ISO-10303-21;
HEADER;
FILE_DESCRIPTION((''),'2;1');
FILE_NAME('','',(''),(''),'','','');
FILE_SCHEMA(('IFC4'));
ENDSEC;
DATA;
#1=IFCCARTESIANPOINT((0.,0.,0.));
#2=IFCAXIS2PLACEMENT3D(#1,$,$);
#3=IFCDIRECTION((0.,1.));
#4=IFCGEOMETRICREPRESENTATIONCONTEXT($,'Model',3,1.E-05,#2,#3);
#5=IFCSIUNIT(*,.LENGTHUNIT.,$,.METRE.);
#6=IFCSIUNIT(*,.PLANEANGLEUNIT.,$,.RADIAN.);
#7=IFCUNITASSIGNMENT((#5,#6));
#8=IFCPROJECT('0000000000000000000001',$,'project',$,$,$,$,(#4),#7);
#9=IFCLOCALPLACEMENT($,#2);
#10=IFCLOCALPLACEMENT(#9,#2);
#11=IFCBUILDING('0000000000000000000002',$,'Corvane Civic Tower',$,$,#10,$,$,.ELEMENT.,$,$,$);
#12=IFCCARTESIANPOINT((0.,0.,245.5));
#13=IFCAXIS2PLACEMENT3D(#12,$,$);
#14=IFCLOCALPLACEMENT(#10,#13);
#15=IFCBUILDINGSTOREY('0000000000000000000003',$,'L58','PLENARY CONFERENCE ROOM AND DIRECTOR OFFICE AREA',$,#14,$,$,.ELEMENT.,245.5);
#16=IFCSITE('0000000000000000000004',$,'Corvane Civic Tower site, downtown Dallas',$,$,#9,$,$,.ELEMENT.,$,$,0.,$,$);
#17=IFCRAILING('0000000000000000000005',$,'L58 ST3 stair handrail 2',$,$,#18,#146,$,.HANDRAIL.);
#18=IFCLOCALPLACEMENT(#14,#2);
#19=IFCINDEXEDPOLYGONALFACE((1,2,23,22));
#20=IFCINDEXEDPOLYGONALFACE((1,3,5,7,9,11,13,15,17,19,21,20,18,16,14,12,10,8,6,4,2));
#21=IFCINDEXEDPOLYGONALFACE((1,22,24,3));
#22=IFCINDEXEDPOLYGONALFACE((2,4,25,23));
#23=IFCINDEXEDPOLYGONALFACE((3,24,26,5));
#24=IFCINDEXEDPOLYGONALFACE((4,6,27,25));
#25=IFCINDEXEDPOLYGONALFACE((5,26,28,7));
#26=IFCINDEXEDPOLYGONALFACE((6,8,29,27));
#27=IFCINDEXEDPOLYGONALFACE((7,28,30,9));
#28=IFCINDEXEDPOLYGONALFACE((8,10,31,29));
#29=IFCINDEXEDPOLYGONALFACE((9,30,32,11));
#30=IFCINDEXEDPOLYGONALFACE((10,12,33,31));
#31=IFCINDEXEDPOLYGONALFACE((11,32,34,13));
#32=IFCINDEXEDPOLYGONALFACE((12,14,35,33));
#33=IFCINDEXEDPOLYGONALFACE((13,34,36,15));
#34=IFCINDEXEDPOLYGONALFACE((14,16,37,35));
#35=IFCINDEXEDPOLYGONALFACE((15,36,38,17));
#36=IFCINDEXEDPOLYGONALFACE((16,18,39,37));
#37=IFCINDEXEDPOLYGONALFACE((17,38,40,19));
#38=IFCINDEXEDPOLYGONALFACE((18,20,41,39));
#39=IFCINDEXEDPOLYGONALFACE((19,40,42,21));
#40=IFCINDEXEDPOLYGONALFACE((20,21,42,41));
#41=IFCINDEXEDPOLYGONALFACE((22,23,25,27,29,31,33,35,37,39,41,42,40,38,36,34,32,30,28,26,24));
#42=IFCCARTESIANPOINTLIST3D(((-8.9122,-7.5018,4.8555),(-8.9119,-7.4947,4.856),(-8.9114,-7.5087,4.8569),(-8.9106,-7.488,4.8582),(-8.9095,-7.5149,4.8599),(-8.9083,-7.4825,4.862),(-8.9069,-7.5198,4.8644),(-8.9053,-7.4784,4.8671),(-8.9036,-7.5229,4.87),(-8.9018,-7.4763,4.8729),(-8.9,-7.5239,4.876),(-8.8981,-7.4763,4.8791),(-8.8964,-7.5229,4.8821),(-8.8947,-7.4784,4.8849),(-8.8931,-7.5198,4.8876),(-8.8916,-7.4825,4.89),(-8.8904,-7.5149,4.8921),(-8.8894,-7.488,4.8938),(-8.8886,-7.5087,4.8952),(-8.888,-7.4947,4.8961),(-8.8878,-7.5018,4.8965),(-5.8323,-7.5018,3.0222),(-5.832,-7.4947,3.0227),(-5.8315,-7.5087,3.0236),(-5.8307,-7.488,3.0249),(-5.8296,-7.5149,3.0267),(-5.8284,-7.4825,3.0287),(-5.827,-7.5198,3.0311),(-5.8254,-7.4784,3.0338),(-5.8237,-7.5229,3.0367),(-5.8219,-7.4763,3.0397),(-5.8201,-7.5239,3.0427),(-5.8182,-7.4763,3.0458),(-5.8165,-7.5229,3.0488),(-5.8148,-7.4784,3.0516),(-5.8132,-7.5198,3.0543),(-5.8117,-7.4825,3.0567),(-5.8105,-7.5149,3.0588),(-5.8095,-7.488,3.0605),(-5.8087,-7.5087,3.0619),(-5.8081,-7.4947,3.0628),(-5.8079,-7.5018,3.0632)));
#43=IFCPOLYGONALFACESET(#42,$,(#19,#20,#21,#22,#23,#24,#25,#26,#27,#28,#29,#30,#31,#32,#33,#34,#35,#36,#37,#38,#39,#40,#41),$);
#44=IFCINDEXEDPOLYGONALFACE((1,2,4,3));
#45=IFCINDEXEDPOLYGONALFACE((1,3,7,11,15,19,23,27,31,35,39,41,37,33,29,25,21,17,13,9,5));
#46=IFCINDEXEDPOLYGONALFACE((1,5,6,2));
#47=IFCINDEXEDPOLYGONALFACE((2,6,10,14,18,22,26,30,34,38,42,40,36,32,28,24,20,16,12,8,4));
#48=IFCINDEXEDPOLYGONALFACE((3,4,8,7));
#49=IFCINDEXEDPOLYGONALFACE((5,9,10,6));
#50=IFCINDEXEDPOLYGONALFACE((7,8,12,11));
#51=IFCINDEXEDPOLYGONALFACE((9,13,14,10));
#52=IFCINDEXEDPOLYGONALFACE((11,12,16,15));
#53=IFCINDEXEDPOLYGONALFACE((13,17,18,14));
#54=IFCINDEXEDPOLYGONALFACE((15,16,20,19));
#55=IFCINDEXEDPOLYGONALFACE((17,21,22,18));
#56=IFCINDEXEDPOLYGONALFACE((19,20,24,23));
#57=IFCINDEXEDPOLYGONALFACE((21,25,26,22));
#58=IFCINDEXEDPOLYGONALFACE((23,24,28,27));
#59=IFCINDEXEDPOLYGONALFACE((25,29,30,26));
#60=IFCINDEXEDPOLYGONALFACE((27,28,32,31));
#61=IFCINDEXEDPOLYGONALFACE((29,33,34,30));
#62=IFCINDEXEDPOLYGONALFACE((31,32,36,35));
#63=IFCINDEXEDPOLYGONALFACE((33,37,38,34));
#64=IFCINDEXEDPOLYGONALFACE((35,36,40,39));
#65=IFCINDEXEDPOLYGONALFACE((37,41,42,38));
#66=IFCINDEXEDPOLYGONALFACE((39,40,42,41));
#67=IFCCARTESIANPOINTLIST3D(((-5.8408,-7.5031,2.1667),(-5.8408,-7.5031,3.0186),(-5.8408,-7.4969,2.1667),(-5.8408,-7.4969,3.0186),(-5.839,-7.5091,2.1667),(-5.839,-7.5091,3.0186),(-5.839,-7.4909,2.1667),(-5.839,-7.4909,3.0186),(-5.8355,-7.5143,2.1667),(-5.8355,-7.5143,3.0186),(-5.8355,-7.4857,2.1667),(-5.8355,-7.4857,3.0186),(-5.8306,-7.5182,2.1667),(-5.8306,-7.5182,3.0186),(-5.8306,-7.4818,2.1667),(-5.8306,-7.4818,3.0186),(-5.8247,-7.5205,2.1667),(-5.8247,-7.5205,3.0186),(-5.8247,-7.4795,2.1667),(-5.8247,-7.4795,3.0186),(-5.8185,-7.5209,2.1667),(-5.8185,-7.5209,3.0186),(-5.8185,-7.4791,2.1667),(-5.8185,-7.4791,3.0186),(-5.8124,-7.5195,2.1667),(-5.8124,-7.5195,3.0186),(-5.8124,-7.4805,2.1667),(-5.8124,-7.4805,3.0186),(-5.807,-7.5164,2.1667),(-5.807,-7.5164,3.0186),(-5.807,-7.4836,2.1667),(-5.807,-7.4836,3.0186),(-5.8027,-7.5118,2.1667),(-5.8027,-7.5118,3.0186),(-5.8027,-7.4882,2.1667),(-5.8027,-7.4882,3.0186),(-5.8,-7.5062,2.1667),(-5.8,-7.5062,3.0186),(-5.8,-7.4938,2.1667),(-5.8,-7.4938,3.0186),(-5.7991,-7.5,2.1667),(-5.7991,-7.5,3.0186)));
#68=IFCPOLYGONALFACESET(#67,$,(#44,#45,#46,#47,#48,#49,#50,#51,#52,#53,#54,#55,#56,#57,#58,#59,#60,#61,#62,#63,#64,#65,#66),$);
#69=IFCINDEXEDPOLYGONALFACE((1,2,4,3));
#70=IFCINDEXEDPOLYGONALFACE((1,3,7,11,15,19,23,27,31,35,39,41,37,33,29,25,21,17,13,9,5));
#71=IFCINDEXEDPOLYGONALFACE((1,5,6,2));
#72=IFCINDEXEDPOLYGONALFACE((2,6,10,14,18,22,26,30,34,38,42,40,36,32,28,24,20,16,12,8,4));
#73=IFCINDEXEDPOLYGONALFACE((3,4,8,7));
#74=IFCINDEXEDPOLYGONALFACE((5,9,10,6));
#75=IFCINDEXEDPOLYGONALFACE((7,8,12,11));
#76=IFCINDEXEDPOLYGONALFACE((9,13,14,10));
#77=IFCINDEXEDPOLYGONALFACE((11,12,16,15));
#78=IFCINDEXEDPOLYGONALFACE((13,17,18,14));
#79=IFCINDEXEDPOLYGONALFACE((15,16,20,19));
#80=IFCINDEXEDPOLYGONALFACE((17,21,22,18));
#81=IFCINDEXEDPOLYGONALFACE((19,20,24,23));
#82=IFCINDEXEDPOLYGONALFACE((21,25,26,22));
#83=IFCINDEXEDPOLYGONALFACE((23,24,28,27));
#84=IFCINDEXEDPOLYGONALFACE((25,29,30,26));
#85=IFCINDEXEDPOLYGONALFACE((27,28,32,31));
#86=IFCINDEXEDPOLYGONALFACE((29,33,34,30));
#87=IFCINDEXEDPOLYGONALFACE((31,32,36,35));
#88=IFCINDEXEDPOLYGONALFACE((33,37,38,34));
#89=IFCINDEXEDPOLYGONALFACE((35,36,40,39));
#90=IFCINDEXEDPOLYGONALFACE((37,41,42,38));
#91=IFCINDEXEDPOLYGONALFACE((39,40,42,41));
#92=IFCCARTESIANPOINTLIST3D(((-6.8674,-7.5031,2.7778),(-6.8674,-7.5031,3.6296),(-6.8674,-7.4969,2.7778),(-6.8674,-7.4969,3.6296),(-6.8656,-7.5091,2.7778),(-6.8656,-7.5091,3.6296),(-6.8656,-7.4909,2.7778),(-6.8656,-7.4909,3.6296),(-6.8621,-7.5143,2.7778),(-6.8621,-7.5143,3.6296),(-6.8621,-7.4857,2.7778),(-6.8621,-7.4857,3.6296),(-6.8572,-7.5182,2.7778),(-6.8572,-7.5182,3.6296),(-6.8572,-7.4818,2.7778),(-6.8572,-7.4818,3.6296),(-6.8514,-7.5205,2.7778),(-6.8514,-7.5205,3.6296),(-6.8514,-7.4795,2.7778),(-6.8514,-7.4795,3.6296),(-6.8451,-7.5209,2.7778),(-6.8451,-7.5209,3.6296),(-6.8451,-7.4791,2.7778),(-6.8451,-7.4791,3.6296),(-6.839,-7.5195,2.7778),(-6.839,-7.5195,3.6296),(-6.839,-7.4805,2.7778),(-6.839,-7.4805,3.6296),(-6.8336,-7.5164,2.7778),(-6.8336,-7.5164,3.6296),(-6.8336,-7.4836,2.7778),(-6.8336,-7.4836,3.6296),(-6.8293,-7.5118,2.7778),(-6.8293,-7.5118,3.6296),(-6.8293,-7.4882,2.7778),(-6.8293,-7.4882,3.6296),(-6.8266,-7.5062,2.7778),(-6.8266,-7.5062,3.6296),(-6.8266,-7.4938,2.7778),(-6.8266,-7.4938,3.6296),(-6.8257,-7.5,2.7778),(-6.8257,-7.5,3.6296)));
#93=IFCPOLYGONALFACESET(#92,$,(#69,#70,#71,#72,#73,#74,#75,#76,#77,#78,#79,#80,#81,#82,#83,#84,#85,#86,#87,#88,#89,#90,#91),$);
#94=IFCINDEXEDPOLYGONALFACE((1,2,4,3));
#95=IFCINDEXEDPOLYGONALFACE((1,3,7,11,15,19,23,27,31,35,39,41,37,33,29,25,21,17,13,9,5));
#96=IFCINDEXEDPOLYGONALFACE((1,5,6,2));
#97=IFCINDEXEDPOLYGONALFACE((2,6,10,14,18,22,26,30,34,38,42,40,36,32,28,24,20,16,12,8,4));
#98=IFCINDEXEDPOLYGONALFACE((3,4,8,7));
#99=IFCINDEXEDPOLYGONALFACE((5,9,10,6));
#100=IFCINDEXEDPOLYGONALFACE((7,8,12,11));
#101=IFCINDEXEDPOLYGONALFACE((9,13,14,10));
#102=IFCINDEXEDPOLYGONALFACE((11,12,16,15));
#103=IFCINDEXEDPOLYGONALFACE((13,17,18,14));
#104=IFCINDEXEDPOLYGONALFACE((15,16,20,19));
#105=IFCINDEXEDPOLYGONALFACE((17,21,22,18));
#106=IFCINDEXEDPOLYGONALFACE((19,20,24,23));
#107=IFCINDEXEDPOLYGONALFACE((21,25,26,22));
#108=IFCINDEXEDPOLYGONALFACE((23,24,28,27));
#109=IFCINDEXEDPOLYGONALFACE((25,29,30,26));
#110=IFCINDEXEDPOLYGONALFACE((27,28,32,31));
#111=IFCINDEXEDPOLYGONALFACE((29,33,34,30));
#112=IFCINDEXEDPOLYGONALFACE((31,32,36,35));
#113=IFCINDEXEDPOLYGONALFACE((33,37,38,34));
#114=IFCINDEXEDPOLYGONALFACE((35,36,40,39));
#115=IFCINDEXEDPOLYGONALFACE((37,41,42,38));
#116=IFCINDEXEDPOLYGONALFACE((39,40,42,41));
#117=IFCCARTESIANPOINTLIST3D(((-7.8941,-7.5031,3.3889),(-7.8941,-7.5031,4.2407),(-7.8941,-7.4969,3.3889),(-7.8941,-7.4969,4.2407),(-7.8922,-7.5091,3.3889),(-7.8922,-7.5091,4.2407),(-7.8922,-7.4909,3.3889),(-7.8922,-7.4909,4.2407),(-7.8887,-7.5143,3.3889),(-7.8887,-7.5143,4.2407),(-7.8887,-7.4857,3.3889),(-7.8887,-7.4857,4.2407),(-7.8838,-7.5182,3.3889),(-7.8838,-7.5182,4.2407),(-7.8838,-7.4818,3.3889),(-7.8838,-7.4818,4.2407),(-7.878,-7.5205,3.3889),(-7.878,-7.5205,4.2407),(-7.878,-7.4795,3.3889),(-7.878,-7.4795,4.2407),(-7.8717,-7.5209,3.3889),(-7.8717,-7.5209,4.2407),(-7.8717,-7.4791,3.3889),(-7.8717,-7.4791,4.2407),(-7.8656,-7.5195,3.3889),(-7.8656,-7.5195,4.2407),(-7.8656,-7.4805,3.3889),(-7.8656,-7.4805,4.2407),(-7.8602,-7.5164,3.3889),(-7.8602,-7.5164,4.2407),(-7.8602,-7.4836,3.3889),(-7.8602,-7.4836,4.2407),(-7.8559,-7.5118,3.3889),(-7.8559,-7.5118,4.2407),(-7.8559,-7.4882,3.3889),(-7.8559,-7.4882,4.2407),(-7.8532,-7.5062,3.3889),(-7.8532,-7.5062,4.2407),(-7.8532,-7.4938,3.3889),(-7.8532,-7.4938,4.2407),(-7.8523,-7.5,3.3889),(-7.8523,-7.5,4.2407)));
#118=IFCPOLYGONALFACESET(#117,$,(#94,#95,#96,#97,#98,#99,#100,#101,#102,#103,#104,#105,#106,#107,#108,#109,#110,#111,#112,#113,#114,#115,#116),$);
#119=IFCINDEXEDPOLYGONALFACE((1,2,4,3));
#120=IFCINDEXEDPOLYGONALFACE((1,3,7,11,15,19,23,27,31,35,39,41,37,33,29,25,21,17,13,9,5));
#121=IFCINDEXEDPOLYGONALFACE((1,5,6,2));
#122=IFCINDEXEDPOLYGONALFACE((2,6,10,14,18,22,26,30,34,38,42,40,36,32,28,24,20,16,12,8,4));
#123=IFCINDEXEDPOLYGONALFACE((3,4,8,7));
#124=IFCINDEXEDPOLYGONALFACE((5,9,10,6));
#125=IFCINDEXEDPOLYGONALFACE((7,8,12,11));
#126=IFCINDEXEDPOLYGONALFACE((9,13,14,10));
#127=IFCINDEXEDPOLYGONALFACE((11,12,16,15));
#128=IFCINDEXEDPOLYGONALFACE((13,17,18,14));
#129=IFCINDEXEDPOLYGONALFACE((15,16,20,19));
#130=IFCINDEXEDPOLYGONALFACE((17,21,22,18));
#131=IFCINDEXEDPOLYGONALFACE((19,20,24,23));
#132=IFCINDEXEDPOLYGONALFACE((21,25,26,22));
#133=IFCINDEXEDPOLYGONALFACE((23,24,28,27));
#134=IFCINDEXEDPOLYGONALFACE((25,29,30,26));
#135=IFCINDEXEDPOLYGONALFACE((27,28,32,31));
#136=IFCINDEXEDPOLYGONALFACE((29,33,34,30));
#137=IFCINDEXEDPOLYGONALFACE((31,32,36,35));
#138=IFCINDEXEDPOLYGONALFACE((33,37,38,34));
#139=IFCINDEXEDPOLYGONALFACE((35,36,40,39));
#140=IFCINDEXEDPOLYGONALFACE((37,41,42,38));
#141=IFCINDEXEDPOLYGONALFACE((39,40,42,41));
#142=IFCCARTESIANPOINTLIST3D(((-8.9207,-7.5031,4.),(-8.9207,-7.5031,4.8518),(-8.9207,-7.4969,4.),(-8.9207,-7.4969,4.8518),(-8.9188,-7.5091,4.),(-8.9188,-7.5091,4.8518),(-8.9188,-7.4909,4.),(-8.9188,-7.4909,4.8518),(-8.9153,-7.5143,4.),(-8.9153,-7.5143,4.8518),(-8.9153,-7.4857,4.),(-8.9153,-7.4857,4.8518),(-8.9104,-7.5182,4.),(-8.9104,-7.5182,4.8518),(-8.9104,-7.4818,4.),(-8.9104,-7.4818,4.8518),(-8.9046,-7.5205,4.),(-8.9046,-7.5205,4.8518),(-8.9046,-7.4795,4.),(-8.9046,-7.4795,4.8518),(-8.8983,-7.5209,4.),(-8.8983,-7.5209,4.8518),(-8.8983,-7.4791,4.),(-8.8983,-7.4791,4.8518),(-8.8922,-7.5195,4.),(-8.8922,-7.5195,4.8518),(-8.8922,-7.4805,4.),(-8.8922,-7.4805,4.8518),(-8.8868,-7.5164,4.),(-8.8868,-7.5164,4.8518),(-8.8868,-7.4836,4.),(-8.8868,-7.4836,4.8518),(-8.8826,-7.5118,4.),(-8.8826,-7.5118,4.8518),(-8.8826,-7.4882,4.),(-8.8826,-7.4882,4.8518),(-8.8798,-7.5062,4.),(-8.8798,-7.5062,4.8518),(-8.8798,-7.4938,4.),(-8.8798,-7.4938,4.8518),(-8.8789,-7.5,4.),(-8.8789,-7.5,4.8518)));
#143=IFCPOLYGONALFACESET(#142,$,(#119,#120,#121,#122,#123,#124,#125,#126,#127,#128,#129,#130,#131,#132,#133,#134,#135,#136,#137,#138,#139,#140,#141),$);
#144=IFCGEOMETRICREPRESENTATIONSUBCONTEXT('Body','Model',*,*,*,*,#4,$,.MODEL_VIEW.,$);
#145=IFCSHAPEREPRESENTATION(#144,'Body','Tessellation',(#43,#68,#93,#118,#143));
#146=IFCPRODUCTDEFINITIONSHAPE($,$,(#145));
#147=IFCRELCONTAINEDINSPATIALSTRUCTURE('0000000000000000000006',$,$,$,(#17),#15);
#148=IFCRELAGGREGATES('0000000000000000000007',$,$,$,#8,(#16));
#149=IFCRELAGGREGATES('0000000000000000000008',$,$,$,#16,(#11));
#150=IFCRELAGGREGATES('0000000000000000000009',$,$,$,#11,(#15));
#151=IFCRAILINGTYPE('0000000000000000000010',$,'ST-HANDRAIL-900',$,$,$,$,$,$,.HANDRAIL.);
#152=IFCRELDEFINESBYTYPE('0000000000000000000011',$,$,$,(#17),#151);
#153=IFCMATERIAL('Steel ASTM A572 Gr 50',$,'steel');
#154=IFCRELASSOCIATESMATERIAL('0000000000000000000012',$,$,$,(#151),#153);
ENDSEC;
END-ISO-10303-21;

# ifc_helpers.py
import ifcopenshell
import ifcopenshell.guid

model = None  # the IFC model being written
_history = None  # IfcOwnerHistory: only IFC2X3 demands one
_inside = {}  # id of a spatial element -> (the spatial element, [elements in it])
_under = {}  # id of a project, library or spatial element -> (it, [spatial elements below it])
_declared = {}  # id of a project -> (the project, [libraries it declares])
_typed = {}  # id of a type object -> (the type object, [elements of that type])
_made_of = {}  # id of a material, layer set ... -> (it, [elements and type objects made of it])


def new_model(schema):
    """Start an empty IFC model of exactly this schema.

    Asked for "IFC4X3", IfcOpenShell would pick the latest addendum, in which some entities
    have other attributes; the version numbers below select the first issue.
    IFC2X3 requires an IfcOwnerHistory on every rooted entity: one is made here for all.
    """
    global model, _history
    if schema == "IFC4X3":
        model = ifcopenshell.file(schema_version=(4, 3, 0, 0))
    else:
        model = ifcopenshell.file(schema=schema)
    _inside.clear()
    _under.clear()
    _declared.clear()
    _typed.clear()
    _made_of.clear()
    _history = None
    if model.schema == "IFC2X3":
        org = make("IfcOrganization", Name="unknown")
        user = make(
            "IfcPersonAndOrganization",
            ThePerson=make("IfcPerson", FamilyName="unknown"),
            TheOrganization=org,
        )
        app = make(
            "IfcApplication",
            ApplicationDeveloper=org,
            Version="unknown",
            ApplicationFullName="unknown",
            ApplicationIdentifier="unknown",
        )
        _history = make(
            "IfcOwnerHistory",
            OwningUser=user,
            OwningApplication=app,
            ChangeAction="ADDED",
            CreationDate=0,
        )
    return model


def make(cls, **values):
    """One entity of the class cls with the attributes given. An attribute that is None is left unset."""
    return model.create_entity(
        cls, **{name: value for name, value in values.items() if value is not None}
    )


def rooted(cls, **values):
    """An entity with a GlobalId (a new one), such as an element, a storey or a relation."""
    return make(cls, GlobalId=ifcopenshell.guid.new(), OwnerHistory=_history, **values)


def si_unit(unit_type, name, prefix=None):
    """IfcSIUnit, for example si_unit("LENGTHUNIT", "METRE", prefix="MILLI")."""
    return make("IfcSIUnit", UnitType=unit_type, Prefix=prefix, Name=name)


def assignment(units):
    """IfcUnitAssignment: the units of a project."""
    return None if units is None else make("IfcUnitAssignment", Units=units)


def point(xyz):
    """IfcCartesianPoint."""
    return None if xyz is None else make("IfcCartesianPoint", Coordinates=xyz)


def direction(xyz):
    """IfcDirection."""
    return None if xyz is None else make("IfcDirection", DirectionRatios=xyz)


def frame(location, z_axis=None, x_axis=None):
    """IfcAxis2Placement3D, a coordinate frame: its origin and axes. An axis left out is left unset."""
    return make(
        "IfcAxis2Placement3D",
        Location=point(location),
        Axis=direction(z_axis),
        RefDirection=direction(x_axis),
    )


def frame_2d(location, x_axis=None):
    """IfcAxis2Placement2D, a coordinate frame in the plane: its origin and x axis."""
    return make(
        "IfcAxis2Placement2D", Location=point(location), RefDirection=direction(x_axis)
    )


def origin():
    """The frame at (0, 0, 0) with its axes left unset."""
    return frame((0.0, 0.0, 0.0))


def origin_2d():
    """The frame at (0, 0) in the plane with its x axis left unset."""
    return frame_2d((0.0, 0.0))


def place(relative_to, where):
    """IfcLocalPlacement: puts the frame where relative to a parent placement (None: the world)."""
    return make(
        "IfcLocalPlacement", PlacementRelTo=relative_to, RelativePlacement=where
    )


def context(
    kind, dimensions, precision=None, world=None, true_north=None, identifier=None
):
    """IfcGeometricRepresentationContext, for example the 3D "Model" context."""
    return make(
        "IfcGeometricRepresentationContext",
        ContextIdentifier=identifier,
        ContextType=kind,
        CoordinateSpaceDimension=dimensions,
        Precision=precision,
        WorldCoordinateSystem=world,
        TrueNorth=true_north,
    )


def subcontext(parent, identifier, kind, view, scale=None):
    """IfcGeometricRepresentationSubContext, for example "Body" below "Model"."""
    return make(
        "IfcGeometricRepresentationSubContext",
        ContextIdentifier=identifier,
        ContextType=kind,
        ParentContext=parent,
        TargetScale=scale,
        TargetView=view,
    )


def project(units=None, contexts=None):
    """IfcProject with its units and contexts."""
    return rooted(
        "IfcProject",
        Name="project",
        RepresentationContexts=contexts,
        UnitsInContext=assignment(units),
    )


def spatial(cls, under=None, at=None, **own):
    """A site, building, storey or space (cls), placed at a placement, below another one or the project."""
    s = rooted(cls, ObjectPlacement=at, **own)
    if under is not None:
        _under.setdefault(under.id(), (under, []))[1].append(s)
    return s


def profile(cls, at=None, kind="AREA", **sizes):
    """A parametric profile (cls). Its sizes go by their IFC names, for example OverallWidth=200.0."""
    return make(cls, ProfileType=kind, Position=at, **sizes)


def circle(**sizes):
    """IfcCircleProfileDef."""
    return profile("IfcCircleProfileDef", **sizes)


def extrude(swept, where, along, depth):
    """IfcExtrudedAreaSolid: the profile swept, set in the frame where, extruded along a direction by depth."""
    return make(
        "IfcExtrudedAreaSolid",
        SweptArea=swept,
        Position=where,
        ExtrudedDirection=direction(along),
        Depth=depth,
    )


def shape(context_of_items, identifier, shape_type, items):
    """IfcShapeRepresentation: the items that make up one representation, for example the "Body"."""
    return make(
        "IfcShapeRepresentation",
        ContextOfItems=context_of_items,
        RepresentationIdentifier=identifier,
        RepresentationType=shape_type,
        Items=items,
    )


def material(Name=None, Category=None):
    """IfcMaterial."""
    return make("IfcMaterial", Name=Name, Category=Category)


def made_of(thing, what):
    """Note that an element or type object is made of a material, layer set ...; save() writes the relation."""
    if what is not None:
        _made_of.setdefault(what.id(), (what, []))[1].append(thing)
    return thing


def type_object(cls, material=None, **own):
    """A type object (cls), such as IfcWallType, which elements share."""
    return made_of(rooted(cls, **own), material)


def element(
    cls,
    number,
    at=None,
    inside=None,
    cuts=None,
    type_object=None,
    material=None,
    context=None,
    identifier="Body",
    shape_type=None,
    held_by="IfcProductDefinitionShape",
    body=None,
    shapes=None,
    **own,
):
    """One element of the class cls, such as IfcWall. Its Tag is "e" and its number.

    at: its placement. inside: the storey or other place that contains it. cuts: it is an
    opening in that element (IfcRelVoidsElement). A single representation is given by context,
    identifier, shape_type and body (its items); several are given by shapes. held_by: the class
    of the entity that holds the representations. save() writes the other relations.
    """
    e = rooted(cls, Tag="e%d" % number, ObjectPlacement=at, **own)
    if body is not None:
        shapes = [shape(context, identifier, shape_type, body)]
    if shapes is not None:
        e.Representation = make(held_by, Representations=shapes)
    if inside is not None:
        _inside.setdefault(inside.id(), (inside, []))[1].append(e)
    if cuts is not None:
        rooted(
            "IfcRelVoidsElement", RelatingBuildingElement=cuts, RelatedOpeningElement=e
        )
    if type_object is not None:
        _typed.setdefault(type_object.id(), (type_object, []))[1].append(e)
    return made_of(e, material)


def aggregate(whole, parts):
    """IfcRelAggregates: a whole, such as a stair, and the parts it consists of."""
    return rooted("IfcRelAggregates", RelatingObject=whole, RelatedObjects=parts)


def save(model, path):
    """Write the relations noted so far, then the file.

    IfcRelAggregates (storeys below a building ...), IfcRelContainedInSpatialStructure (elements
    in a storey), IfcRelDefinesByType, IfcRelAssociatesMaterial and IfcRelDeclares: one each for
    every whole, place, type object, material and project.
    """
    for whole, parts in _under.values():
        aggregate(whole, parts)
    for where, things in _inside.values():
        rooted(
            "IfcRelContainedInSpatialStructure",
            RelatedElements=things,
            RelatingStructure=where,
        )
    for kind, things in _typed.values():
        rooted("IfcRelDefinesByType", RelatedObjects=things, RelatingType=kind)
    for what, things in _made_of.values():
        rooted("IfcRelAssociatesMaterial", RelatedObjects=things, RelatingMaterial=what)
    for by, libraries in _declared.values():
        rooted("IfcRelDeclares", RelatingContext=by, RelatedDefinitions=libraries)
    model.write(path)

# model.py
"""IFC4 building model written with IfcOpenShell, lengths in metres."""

from ifc_helpers import new_model, si_unit, direction, frame, origin, origin_2d, place, context, subcontext, project, spatial, circle, extrude, material, type_object, element, save


model = new_model("IFC4")

# Units and contexts
model_context = context("Model", 3, precision=1e-05, world=origin(), true_north=direction((0.0, 1.0)))
body_context = subcontext(model_context, "Body", "Model", "MODEL_VIEW")
ifc_project = project(units=[si_unit("LENGTHUNIT", "METRE"), si_unit("PLANEANGLEUNIT", "RADIAN")], contexts=[model_context])

# Site, building, storey
site_placement = place(None, origin())
site = spatial("IfcSite", under=ifc_project, at=site_placement, Name="Corvane Civic Tower site, downtown Dallas", CompositionType="ELEMENT", RefElevation=0.0)
building_placement = place(site_placement, origin())
building = spatial("IfcBuilding", under=site, at=building_placement, Name="Corvane Civic Tower", CompositionType="ELEMENT")
storey_placement = place(building_placement, frame((0.0, 0.0, 245.5)))
storey = spatial("IfcBuildingStorey", under=building, at=storey_placement, Name="L58", Description="PLENARY CONFERENCE ROOM AND DIRECTOR OFFICE AREA", CompositionType="ELEMENT", Elevation=245.5)

# Railing
ifc_material_1 = material(Name="Steel ASTM A572 Gr 50", Category="steel")
railing_type_1 = type_object("IfcRailingType", Name="ST-HANDRAIL-900", PredefinedType="HANDRAIL", material=ifc_material_1)
railing_1_placement = place(storey_placement, frame((-5.8201, -7.5, 2.1667)))
element("IfcRailing", 1, at=railing_1_placement, inside=storey, type_object=railing_type_1, Name="L58 ST3 stair handrail 2", PredefinedType="HANDRAIL", context=body_context, shape_type="SweptSolid", body=[
    extrude(circle(Radius=0.0239, at=origin_2d()), frame((0.0, 0.0, 0.876), z_axis=(-0.859291, 0.0, 0.511487), x_axis=(0.0, -1.0, 0.0)), (0.0, 0.0, 1.0), 3.5842),
    extrude(circle(Radius=0.021, at=origin_2d()), origin(), (0.0, 0.0, 1.0), 0.8518),
    extrude(circle(Radius=0.021, at=origin_2d()), frame((-1.0266, 0.0, 0.6111)), (0.0, 0.0, 1.0), 0.8518),
    extrude(circle(Radius=0.021, at=origin_2d()), frame((-2.0532, 0.0, 1.2222)), (0.0, 0.0, 1.0), 0.8518),
    extrude(circle(Radius=0.021, at=origin_2d()), frame((-3.0798, 0.0, 1.8333)), (0.0, 0.0, 1.0), 0.8518),
])

save(model, "model.ifc")
